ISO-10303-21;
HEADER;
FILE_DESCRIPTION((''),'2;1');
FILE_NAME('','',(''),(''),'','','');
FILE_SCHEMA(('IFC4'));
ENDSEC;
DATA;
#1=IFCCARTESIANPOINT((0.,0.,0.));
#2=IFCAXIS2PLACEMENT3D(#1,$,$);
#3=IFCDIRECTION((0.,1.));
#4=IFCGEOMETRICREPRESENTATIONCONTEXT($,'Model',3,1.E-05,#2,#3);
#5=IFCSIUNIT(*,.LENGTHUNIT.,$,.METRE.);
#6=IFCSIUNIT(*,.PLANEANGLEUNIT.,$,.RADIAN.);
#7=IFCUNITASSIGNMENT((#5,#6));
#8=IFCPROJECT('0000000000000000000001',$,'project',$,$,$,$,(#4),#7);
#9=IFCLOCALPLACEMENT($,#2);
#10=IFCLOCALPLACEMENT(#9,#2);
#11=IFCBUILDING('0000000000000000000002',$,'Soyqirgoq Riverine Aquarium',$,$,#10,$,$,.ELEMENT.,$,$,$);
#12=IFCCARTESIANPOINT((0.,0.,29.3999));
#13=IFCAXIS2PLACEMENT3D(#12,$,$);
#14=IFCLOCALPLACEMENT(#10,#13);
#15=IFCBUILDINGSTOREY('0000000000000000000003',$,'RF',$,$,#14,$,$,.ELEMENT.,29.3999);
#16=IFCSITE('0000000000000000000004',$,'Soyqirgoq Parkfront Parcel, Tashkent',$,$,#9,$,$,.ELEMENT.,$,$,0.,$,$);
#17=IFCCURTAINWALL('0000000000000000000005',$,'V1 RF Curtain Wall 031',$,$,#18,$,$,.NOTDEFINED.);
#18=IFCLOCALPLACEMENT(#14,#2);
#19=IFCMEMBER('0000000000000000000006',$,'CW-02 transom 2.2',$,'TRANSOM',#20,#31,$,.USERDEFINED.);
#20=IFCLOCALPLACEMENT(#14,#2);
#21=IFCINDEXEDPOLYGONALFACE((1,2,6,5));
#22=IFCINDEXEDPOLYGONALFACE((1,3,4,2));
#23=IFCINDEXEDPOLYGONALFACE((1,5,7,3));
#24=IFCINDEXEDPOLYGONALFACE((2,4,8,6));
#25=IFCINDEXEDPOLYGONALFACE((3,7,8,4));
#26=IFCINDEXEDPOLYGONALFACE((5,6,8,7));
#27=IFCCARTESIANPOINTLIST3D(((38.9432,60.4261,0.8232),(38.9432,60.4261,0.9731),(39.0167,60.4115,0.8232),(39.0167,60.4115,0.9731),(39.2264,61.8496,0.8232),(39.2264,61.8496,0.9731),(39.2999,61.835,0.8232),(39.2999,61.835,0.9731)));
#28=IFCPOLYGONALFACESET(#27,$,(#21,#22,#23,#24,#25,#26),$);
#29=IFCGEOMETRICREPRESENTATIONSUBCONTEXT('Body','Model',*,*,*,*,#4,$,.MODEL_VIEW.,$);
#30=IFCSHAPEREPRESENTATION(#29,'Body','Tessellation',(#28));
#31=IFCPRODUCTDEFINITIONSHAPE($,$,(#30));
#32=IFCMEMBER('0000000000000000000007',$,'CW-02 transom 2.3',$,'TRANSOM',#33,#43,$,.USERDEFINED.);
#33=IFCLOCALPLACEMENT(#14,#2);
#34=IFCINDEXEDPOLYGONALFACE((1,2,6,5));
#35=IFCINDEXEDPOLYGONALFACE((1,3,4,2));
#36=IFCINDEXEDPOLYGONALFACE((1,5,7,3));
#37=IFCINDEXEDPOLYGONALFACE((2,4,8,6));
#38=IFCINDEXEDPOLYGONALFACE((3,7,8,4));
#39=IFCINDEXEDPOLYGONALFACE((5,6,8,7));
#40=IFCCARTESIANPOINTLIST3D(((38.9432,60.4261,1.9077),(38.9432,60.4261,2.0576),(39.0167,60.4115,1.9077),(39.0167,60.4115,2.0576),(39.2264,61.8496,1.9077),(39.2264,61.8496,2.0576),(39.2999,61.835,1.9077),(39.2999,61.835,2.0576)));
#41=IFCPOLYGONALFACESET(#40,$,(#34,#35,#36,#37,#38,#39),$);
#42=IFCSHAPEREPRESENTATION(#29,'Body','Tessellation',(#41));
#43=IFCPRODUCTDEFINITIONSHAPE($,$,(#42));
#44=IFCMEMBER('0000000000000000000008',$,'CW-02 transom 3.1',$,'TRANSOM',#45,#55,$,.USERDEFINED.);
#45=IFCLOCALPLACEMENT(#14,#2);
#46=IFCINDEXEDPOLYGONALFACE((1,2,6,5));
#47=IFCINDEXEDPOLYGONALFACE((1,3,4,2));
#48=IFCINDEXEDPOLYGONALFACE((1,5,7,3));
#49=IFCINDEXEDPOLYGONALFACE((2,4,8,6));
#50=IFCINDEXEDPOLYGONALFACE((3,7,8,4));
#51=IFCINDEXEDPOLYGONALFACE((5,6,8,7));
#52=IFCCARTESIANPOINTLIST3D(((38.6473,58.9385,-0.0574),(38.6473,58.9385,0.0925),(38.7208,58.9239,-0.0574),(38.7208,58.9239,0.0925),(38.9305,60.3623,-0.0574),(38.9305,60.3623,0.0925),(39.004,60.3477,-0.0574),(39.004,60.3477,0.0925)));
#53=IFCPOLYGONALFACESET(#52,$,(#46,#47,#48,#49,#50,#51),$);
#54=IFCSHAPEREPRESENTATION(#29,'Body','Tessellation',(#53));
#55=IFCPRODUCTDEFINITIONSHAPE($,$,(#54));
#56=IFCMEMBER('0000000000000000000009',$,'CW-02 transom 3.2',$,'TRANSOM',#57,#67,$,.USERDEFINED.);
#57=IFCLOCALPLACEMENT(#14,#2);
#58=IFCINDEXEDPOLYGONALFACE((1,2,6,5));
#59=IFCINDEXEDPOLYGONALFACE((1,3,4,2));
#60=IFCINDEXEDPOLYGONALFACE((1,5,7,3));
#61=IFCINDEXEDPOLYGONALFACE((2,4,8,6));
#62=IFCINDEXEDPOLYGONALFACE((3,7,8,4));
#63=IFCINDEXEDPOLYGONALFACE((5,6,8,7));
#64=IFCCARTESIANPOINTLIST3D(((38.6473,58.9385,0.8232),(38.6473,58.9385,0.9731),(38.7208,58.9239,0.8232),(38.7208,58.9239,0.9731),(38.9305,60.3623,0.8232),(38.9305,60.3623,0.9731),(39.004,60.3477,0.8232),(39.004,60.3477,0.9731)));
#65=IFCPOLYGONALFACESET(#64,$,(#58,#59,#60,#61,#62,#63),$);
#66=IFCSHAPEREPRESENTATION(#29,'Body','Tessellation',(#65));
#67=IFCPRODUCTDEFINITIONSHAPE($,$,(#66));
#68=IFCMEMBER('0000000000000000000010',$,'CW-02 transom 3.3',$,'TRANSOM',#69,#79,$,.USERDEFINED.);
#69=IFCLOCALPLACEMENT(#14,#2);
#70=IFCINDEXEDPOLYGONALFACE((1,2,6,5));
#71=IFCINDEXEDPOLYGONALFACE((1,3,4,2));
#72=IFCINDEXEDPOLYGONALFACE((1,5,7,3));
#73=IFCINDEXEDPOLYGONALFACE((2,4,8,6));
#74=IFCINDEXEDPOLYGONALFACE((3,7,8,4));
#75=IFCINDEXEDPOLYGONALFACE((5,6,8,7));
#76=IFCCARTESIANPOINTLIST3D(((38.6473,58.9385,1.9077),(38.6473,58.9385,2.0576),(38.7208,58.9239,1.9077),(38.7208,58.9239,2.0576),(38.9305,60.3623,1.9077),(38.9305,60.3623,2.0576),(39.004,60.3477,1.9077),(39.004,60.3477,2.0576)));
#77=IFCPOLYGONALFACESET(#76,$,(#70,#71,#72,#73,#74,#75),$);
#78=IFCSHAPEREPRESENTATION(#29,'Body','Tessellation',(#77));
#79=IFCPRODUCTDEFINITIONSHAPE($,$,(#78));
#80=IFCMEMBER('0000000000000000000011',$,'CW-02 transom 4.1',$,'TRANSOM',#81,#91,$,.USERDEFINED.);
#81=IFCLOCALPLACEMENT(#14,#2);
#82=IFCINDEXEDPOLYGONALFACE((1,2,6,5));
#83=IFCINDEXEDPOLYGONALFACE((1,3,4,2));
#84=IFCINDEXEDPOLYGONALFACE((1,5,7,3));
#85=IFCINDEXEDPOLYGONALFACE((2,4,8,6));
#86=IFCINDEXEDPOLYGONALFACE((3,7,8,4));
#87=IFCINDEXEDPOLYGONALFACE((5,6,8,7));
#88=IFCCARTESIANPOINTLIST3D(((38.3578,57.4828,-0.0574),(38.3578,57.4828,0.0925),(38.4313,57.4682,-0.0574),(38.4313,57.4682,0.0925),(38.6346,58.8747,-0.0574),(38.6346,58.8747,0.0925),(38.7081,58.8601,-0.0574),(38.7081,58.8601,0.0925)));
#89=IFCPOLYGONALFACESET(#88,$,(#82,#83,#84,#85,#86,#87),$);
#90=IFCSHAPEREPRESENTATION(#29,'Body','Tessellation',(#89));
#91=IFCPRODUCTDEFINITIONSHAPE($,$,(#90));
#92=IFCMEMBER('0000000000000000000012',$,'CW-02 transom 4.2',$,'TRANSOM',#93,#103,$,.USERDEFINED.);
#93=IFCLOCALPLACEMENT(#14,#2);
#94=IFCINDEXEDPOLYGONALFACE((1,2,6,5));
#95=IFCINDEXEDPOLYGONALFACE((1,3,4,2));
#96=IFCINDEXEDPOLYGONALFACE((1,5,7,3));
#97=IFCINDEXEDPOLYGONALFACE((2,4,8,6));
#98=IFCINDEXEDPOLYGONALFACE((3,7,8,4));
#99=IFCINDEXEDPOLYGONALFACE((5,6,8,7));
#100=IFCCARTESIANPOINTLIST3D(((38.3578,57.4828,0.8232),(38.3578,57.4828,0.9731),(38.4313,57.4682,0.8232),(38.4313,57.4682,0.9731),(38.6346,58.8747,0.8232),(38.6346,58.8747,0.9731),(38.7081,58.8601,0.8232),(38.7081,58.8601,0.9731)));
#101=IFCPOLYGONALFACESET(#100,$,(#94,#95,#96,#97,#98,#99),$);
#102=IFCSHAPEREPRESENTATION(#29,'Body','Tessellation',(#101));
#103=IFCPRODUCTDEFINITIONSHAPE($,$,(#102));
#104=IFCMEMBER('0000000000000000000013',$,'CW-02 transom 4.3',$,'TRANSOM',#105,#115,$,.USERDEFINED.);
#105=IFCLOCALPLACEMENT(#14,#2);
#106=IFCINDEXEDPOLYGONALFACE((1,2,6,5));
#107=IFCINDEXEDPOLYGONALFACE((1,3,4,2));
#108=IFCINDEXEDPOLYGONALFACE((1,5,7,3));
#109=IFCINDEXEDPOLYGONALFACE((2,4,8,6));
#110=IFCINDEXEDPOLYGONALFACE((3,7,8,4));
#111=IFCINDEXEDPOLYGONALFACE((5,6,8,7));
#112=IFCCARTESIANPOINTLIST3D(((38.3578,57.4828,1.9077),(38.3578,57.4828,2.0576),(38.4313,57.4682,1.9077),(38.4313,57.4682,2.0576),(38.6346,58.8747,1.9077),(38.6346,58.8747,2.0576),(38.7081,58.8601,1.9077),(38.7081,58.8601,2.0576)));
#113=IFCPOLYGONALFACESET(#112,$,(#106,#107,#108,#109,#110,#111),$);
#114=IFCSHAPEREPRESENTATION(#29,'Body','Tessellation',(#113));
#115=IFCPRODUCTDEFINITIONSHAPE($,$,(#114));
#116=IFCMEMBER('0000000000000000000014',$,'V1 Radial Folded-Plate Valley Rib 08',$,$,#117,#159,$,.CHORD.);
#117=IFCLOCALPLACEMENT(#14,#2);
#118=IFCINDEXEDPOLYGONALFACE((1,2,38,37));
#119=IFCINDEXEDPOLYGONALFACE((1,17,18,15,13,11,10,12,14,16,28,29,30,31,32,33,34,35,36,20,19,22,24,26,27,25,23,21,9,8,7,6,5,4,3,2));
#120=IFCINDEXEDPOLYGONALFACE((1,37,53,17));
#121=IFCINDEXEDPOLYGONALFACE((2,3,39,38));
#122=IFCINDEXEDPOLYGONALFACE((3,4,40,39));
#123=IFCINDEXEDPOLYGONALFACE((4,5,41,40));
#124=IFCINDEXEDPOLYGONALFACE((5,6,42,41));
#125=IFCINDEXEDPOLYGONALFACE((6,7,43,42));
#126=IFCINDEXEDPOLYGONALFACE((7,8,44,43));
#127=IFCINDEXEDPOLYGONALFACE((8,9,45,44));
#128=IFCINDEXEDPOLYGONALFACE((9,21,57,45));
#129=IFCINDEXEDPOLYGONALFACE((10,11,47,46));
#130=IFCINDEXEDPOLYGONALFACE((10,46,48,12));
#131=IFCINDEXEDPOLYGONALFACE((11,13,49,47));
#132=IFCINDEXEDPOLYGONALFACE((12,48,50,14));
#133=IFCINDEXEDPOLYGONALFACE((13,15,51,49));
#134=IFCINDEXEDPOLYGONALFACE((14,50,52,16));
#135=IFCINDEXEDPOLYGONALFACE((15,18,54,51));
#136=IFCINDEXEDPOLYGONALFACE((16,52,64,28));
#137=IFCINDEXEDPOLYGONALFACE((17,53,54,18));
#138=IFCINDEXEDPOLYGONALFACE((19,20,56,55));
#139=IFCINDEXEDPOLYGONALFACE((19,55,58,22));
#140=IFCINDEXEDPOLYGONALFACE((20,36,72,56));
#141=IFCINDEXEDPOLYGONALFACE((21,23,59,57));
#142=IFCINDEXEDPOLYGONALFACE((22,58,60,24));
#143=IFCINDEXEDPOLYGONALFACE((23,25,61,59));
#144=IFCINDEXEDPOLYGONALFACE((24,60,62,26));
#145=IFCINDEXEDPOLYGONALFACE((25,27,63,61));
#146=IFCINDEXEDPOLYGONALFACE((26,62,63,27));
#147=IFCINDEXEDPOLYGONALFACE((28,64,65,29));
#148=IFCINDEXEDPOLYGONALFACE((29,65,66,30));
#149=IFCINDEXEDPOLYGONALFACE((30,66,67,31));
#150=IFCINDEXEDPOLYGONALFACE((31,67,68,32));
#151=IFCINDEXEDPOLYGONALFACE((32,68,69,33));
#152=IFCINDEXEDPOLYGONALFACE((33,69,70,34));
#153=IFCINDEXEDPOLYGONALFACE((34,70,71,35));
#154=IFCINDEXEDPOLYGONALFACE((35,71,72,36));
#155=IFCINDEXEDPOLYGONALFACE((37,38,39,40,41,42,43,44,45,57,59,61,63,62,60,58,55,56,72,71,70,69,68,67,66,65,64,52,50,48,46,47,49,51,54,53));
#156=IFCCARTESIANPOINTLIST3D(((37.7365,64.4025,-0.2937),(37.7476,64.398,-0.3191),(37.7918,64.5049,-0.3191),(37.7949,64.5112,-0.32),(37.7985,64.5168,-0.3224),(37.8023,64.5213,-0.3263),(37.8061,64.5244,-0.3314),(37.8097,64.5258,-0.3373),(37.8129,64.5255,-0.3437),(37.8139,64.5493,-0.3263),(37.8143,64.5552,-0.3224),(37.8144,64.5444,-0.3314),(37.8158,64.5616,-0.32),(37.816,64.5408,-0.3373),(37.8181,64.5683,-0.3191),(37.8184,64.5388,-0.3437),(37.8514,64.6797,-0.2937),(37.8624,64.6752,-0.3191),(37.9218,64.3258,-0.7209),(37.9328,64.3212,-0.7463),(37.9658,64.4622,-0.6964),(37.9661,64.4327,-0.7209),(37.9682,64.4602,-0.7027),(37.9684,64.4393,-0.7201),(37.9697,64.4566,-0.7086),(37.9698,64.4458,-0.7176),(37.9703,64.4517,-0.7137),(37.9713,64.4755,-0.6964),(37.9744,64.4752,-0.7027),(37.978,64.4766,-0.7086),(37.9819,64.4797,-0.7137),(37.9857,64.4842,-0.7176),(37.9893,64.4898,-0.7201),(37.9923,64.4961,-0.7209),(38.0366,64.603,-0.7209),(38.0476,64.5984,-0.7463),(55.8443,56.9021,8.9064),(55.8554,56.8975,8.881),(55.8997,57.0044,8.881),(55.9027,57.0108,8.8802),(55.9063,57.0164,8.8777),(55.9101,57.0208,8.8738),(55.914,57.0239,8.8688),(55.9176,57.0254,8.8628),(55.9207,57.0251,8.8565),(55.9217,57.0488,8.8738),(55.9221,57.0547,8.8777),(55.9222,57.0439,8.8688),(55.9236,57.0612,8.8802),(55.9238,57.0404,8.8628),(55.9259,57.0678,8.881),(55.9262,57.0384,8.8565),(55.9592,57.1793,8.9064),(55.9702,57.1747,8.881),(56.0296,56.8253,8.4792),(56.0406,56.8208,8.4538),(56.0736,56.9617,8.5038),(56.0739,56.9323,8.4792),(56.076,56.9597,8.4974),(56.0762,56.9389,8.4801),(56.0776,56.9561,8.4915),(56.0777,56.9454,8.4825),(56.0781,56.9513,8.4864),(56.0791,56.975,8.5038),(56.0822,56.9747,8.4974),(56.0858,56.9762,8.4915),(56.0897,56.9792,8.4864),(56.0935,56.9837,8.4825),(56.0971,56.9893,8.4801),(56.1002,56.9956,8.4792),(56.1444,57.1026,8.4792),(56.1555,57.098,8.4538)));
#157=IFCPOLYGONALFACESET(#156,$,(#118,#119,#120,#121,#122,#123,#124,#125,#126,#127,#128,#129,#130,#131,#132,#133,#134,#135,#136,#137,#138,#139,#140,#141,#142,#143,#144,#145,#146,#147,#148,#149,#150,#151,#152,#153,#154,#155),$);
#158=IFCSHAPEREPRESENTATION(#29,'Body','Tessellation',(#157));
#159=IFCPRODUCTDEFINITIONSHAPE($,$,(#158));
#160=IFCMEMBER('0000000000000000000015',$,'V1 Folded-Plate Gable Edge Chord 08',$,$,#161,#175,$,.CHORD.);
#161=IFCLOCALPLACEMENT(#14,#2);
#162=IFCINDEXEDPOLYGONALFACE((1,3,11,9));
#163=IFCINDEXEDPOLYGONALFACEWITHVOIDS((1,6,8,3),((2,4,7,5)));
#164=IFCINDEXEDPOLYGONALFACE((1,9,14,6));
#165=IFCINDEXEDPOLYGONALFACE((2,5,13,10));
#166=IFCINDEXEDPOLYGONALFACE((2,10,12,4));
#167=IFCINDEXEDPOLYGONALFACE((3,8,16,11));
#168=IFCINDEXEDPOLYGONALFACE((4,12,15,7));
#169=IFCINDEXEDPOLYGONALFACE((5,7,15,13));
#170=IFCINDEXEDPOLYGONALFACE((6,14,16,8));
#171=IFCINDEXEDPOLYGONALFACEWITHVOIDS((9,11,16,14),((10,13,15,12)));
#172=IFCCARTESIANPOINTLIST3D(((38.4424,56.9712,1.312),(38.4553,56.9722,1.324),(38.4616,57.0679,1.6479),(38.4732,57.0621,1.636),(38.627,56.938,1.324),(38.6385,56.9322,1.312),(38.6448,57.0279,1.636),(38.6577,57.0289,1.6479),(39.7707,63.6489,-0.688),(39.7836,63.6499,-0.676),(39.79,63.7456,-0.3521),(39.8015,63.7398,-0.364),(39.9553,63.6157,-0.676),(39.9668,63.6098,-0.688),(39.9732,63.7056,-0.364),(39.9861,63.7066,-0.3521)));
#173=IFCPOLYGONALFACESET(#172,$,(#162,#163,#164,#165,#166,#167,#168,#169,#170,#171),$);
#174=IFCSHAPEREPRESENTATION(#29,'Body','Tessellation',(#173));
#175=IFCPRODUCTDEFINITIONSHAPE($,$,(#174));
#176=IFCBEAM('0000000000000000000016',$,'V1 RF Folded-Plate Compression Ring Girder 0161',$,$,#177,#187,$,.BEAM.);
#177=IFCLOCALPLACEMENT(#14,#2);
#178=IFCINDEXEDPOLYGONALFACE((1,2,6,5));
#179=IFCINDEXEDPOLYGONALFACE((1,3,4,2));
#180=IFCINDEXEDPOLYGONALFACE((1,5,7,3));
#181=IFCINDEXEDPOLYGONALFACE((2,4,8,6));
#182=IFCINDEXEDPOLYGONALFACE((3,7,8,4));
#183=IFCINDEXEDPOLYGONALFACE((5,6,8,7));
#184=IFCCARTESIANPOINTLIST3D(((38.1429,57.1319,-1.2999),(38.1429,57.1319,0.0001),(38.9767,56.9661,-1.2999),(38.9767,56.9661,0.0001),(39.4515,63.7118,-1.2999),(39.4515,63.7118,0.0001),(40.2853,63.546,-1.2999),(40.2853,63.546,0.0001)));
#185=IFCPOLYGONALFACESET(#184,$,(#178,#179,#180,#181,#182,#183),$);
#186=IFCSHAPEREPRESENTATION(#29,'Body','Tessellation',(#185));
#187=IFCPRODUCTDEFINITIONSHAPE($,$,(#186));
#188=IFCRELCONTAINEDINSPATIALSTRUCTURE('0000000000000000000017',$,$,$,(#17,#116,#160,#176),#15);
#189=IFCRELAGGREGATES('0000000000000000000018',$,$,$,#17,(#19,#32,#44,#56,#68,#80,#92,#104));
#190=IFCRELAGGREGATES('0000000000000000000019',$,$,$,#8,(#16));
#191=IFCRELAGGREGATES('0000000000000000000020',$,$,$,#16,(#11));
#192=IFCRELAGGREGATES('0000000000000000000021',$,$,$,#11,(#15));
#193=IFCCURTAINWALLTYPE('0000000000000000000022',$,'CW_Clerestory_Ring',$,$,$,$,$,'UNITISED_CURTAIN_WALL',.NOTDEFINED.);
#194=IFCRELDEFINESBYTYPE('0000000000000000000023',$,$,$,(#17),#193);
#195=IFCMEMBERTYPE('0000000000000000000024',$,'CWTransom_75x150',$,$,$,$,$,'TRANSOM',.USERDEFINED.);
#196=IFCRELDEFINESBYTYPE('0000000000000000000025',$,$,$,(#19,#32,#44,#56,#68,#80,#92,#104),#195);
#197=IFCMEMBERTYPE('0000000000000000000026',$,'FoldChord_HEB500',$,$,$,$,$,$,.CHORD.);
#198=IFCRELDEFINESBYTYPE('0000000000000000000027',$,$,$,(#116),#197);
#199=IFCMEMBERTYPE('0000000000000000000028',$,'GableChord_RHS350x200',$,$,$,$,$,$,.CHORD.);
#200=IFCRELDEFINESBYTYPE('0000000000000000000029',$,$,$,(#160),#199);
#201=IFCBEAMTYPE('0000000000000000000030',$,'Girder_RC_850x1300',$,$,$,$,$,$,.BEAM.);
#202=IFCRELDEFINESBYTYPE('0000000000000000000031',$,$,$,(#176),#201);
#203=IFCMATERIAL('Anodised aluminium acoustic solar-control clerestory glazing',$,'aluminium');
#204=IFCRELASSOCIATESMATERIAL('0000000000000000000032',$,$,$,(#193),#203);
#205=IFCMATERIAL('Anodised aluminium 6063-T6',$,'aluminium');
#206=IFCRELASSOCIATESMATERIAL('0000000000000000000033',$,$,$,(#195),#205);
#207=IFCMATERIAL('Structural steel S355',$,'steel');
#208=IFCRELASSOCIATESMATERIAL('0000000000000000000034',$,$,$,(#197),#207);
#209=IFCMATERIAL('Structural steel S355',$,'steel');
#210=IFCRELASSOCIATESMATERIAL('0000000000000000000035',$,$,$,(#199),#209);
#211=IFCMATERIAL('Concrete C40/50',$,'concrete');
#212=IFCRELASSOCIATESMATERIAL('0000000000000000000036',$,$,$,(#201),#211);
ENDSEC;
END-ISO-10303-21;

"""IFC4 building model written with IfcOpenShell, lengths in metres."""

from ifc_helpers import new_model, si_unit, direction, frame, origin, origin_2d, place, context, subcontext, project, spatial, rectangle, hollow_rectangle, i_section, extrude, material, material_profile, profile_set, type_object, element, aggregate, save


model = new_model("IFC4")

# Units and contexts
model_context = context("Model", 3, precision=1e-05, world=origin(), true_north=direction((0.0, 1.0)))
body_context = subcontext(model_context, "Body", "Model", "MODEL_VIEW")
ifc_project = project(units=[si_unit("LENGTHUNIT", "METRE"), si_unit("PLANEANGLEUNIT", "RADIAN")], contexts=[model_context])

# Site, building, storey
site_placement = place(None, origin())
site = spatial("IfcSite", under=ifc_project, at=site_placement, Name="Soyqirgoq Parkfront Parcel, Tashkent", CompositionType="ELEMENT", RefElevation=0.0)
building_placement = place(site_placement, origin())
building = spatial("IfcBuilding", under=site, at=building_placement, Name="Soyqirgoq Riverine Aquarium", CompositionType="ELEMENT")
storey_placement = place(building_placement, frame((0.0, 0.0, 29.3999)))
storey = spatial("IfcBuildingStorey", under=building, at=storey_placement, Name="RF", CompositionType="ELEMENT", Elevation=29.3999)

# Curtain wall
ifc_material_1 = material(Name="Anodised aluminium acoustic solar-control clerestory glazing", Category="aluminium")
curtain_wall_type = type_object("IfcCurtainWallType", Name="CW_Clerestory_Ring", ElementType="UNITISED_CURTAIN_WALL", PredefinedType="NOTDEFINED", material=ifc_material_1)
curtain_wall_1_placement = place(storey_placement, origin())
curtain_wall_1 = element("IfcCurtainWall", 1, at=curtain_wall_1_placement, inside=storey, type_object=curtain_wall_type, Name="V1 RF Curtain Wall 031", PredefinedType="NOTDEFINED")

# Members
ifc_material_2 = material(Name="Anodised aluminium 6063-T6", Category="aluminium")
ifc_material_profile_1 = material_profile(ifc_material_2, rectangle(XDim=0.075, YDim=0.1499, at=origin_2d()), Name="ALU-T 75x150")
ifc_profile_set_1 = profile_set([ifc_material_profile_1], Name="Anodised aluminium 6063-T6")
member_type_1 = type_object("IfcMemberType", Name="CWTransom_75x150", ElementType="TRANSOM", PredefinedType="USERDEFINED", material=ifc_profile_set_1)
member_1_placement = place(storey_placement, frame((39.2632, 61.8423, 0.8982), z_axis=(-0.195113, -0.980781, 0.0), x_axis=(0.980781, -0.195113, 0.0)))
member_1 = element("IfcMember", 2, at=member_1_placement, type_object=member_type_1, Name="CW-02 transom 2.2", ObjectType="TRANSOM", PredefinedType="USERDEFINED", context=body_context, shape_type="SweptSolid", body=[
    extrude(rectangle(XDim=0.075, YDim=0.1499, at=origin_2d()), origin(), (0.0, 0.0, 1.0), 1.4514),
])
member_2_placement = place(storey_placement, frame((39.2632, 61.8423, 1.9827), z_axis=(-0.195113, -0.980781, 0.0), x_axis=(0.980781, -0.195113, 0.0)))
member_2 = element("IfcMember", 3, at=member_2_placement, type_object=member_type_1, Name="CW-02 transom 2.3", ObjectType="TRANSOM", PredefinedType="USERDEFINED", context=body_context, shape_type="SweptSolid", body=[
    extrude(rectangle(XDim=0.075, YDim=0.1499, at=origin_2d()), origin(), (0.0, 0.0, 1.0), 1.4514),
])
member_3_placement = place(storey_placement, frame((38.9673, 60.355, 0.0176), z_axis=(-0.195081, -0.980787, 0.0), x_axis=(0.980787, -0.195081, 0.0)))
member_3 = element("IfcMember", 4, at=member_3_placement, type_object=member_type_1, Name="CW-02 transom 3.1", ObjectType="TRANSOM", PredefinedType="USERDEFINED", context=body_context, shape_type="SweptSolid", body=[
    extrude(rectangle(XDim=0.075, YDim=0.1499, at=origin_2d()), origin(), (0.0, 0.0, 1.0), 1.4517),
])
member_4_placement = place(storey_placement, frame((38.9673, 60.355, 0.8982), z_axis=(-0.195081, -0.980787, 0.0), x_axis=(0.980787, -0.195081, 0.0)))
member_4 = element("IfcMember", 5, at=member_4_placement, type_object=member_type_1, Name="CW-02 transom 3.2", ObjectType="TRANSOM", PredefinedType="USERDEFINED", context=body_context, shape_type="SweptSolid", body=[
    extrude(rectangle(XDim=0.075, YDim=0.1499, at=origin_2d()), origin(), (0.0, 0.0, 1.0), 1.4517),
])
member_5_placement = place(storey_placement, frame((38.9673, 60.355, 1.9827), z_axis=(-0.195081, -0.980787, 0.0), x_axis=(0.980787, -0.195081, 0.0)))
member_5 = element("IfcMember", 6, at=member_5_placement, type_object=member_type_1, Name="CW-02 transom 3.3", ObjectType="TRANSOM", PredefinedType="USERDEFINED", context=body_context, shape_type="SweptSolid", body=[
    extrude(rectangle(XDim=0.075, YDim=0.1499, at=origin_2d()), origin(), (0.0, 0.0, 1.0), 1.4517),
])
member_6_placement = place(storey_placement, frame((38.6714, 58.8674, 0.0176), z_axis=(-0.19509, -0.980785, 0.0), x_axis=(0.980785, -0.19509, 0.0)))
member_6 = element("IfcMember", 7, at=member_6_placement, type_object=member_type_1, Name="CW-02 transom 4.1", ObjectType="TRANSOM", PredefinedType="USERDEFINED", context=body_context, shape_type="SweptSolid", body=[
    extrude(rectangle(XDim=0.075, YDim=0.1499, at=origin_2d()), origin(), (0.0, 0.0, 1.0), 1.4192),
])
member_7_placement = place(storey_placement, frame((38.6714, 58.8674, 0.8982), z_axis=(-0.19509, -0.980785, 0.0), x_axis=(0.980785, -0.19509, 0.0)))
member_7 = element("IfcMember", 8, at=member_7_placement, type_object=member_type_1, Name="CW-02 transom 4.2", ObjectType="TRANSOM", PredefinedType="USERDEFINED", context=body_context, shape_type="SweptSolid", body=[
    extrude(rectangle(XDim=0.075, YDim=0.1499, at=origin_2d()), origin(), (0.0, 0.0, 1.0), 1.4192),
])
member_8_placement = place(storey_placement, frame((38.6714, 58.8674, 1.9827), z_axis=(-0.19509, -0.980785, 0.0), x_axis=(0.980785, -0.19509, 0.0)))
member_8 = element("IfcMember", 9, at=member_8_placement, type_object=member_type_1, Name="CW-02 transom 4.3", ObjectType="TRANSOM", PredefinedType="USERDEFINED", context=body_context, shape_type="SweptSolid", body=[
    extrude(rectangle(XDim=0.075, YDim=0.1499, at=origin_2d()), origin(), (0.0, 0.0, 1.0), 1.4192),
])

# Members
ifc_material_3 = material(Name="Structural steel S355", Category="steel")
ifc_material_profile_2 = material_profile(ifc_material_3, i_section(OverallWidth=0.3, OverallDepth=0.5, WebThickness=0.0144, FlangeThickness=0.0281, FilletRadius=0.0271, at=origin_2d()), Name="HEB 500")
ifc_profile_set_2 = profile_set([ifc_material_profile_2], Name="Structural steel S355")
member_type_2 = type_object("IfcMemberType", Name="FoldChord_HEB500", PredefinedType="CHORD", material=ifc_profile_set_2)
member_9_placement = place(storey_placement, frame((37.8921, 64.5005, -0.52), z_axis=(0.836326, -0.346415, 0.424917), x_axis=(0.382681, 0.923881, 0.0)))
element("IfcMember", 10, at=member_9_placement, inside=storey, type_object=member_type_2, Name="V1 Radial Folded-Plate Valley Rib 08", PredefinedType="CHORD", context=body_context, shape_type="SweptSolid", body=[
    extrude(i_section(OverallWidth=0.3, OverallDepth=0.5, WebThickness=0.0144, FlangeThickness=0.0281, FilletRadius=0.0271, at=origin_2d()), origin(), (0.0, 0.0, 1.0), 21.6516),
])
ifc_material_4 = material(Name="Structural steel S355", Category="steel")
ifc_material_profile_3 = material_profile(ifc_material_4, hollow_rectangle(XDim=0.2, YDim=0.3501, WallThickness=0.0125, at=origin_2d()), Name="RHS 350x200x12.5")
ifc_profile_set_3 = profile_set([ifc_material_profile_3], Name="Structural steel S355")
member_type_3 = type_object("IfcMemberType", Name="GableChord_RHS350x200", PredefinedType="CHORD", material=ifc_profile_set_3)
member_10_placement = place(storey_placement, frame((39.8784, 63.6777, -0.52), z_axis=(-0.187193, -0.941024, 0.281839), x_axis=(0.980783, -0.195102, 0.0)))
element("IfcMember", 11, at=member_10_placement, inside=storey, type_object=member_type_3, Name="V1 Folded-Plate Gable Edge Chord 08", PredefinedType="CHORD", context=body_context, shape_type="SweptSolid", body=[
    extrude(hollow_rectangle(XDim=0.2, YDim=0.3501, WallThickness=0.0125, at=origin_2d()), origin(), (0.0, 0.0, 1.0), 7.0962),
])

# Beam
ifc_material_5 = material(Name="Concrete C40/50", Category="concrete")
ifc_material_profile_4 = material_profile(ifc_material_5, rectangle(XDim=0.8501, YDim=1.3, at=origin_2d()), Name="RC 850x1300")
ifc_profile_set_4 = profile_set([ifc_material_profile_4], Name="Concrete C40/50")
beam_type = type_object("IfcBeamType", Name="Girder_RC_850x1300", PredefinedType="BEAM", material=ifc_profile_set_4)
beam_placement = place(storey_placement, frame((39.8684, 63.6289, -0.6499), z_axis=(-0.195059, -0.980791, 0.0), x_axis=(0.980791, -0.195059, 0.0)))
element("IfcBeam", 12, at=beam_placement, inside=storey, type_object=beam_type, Name="V1 RF Folded-Plate Compression Ring Girder 0161", PredefinedType="BEAM", context=body_context, shape_type="SweptSolid", body=[
    extrude(rectangle(XDim=0.8501, YDim=1.3, at=origin_2d()), origin(), (0.0, 0.0, 1.0), 6.7087),
])

aggregate(curtain_wall_1, [member_1, member_2, member_3, member_4, member_5, member_6, member_7, member_8])

save(model, "model.ifc")
